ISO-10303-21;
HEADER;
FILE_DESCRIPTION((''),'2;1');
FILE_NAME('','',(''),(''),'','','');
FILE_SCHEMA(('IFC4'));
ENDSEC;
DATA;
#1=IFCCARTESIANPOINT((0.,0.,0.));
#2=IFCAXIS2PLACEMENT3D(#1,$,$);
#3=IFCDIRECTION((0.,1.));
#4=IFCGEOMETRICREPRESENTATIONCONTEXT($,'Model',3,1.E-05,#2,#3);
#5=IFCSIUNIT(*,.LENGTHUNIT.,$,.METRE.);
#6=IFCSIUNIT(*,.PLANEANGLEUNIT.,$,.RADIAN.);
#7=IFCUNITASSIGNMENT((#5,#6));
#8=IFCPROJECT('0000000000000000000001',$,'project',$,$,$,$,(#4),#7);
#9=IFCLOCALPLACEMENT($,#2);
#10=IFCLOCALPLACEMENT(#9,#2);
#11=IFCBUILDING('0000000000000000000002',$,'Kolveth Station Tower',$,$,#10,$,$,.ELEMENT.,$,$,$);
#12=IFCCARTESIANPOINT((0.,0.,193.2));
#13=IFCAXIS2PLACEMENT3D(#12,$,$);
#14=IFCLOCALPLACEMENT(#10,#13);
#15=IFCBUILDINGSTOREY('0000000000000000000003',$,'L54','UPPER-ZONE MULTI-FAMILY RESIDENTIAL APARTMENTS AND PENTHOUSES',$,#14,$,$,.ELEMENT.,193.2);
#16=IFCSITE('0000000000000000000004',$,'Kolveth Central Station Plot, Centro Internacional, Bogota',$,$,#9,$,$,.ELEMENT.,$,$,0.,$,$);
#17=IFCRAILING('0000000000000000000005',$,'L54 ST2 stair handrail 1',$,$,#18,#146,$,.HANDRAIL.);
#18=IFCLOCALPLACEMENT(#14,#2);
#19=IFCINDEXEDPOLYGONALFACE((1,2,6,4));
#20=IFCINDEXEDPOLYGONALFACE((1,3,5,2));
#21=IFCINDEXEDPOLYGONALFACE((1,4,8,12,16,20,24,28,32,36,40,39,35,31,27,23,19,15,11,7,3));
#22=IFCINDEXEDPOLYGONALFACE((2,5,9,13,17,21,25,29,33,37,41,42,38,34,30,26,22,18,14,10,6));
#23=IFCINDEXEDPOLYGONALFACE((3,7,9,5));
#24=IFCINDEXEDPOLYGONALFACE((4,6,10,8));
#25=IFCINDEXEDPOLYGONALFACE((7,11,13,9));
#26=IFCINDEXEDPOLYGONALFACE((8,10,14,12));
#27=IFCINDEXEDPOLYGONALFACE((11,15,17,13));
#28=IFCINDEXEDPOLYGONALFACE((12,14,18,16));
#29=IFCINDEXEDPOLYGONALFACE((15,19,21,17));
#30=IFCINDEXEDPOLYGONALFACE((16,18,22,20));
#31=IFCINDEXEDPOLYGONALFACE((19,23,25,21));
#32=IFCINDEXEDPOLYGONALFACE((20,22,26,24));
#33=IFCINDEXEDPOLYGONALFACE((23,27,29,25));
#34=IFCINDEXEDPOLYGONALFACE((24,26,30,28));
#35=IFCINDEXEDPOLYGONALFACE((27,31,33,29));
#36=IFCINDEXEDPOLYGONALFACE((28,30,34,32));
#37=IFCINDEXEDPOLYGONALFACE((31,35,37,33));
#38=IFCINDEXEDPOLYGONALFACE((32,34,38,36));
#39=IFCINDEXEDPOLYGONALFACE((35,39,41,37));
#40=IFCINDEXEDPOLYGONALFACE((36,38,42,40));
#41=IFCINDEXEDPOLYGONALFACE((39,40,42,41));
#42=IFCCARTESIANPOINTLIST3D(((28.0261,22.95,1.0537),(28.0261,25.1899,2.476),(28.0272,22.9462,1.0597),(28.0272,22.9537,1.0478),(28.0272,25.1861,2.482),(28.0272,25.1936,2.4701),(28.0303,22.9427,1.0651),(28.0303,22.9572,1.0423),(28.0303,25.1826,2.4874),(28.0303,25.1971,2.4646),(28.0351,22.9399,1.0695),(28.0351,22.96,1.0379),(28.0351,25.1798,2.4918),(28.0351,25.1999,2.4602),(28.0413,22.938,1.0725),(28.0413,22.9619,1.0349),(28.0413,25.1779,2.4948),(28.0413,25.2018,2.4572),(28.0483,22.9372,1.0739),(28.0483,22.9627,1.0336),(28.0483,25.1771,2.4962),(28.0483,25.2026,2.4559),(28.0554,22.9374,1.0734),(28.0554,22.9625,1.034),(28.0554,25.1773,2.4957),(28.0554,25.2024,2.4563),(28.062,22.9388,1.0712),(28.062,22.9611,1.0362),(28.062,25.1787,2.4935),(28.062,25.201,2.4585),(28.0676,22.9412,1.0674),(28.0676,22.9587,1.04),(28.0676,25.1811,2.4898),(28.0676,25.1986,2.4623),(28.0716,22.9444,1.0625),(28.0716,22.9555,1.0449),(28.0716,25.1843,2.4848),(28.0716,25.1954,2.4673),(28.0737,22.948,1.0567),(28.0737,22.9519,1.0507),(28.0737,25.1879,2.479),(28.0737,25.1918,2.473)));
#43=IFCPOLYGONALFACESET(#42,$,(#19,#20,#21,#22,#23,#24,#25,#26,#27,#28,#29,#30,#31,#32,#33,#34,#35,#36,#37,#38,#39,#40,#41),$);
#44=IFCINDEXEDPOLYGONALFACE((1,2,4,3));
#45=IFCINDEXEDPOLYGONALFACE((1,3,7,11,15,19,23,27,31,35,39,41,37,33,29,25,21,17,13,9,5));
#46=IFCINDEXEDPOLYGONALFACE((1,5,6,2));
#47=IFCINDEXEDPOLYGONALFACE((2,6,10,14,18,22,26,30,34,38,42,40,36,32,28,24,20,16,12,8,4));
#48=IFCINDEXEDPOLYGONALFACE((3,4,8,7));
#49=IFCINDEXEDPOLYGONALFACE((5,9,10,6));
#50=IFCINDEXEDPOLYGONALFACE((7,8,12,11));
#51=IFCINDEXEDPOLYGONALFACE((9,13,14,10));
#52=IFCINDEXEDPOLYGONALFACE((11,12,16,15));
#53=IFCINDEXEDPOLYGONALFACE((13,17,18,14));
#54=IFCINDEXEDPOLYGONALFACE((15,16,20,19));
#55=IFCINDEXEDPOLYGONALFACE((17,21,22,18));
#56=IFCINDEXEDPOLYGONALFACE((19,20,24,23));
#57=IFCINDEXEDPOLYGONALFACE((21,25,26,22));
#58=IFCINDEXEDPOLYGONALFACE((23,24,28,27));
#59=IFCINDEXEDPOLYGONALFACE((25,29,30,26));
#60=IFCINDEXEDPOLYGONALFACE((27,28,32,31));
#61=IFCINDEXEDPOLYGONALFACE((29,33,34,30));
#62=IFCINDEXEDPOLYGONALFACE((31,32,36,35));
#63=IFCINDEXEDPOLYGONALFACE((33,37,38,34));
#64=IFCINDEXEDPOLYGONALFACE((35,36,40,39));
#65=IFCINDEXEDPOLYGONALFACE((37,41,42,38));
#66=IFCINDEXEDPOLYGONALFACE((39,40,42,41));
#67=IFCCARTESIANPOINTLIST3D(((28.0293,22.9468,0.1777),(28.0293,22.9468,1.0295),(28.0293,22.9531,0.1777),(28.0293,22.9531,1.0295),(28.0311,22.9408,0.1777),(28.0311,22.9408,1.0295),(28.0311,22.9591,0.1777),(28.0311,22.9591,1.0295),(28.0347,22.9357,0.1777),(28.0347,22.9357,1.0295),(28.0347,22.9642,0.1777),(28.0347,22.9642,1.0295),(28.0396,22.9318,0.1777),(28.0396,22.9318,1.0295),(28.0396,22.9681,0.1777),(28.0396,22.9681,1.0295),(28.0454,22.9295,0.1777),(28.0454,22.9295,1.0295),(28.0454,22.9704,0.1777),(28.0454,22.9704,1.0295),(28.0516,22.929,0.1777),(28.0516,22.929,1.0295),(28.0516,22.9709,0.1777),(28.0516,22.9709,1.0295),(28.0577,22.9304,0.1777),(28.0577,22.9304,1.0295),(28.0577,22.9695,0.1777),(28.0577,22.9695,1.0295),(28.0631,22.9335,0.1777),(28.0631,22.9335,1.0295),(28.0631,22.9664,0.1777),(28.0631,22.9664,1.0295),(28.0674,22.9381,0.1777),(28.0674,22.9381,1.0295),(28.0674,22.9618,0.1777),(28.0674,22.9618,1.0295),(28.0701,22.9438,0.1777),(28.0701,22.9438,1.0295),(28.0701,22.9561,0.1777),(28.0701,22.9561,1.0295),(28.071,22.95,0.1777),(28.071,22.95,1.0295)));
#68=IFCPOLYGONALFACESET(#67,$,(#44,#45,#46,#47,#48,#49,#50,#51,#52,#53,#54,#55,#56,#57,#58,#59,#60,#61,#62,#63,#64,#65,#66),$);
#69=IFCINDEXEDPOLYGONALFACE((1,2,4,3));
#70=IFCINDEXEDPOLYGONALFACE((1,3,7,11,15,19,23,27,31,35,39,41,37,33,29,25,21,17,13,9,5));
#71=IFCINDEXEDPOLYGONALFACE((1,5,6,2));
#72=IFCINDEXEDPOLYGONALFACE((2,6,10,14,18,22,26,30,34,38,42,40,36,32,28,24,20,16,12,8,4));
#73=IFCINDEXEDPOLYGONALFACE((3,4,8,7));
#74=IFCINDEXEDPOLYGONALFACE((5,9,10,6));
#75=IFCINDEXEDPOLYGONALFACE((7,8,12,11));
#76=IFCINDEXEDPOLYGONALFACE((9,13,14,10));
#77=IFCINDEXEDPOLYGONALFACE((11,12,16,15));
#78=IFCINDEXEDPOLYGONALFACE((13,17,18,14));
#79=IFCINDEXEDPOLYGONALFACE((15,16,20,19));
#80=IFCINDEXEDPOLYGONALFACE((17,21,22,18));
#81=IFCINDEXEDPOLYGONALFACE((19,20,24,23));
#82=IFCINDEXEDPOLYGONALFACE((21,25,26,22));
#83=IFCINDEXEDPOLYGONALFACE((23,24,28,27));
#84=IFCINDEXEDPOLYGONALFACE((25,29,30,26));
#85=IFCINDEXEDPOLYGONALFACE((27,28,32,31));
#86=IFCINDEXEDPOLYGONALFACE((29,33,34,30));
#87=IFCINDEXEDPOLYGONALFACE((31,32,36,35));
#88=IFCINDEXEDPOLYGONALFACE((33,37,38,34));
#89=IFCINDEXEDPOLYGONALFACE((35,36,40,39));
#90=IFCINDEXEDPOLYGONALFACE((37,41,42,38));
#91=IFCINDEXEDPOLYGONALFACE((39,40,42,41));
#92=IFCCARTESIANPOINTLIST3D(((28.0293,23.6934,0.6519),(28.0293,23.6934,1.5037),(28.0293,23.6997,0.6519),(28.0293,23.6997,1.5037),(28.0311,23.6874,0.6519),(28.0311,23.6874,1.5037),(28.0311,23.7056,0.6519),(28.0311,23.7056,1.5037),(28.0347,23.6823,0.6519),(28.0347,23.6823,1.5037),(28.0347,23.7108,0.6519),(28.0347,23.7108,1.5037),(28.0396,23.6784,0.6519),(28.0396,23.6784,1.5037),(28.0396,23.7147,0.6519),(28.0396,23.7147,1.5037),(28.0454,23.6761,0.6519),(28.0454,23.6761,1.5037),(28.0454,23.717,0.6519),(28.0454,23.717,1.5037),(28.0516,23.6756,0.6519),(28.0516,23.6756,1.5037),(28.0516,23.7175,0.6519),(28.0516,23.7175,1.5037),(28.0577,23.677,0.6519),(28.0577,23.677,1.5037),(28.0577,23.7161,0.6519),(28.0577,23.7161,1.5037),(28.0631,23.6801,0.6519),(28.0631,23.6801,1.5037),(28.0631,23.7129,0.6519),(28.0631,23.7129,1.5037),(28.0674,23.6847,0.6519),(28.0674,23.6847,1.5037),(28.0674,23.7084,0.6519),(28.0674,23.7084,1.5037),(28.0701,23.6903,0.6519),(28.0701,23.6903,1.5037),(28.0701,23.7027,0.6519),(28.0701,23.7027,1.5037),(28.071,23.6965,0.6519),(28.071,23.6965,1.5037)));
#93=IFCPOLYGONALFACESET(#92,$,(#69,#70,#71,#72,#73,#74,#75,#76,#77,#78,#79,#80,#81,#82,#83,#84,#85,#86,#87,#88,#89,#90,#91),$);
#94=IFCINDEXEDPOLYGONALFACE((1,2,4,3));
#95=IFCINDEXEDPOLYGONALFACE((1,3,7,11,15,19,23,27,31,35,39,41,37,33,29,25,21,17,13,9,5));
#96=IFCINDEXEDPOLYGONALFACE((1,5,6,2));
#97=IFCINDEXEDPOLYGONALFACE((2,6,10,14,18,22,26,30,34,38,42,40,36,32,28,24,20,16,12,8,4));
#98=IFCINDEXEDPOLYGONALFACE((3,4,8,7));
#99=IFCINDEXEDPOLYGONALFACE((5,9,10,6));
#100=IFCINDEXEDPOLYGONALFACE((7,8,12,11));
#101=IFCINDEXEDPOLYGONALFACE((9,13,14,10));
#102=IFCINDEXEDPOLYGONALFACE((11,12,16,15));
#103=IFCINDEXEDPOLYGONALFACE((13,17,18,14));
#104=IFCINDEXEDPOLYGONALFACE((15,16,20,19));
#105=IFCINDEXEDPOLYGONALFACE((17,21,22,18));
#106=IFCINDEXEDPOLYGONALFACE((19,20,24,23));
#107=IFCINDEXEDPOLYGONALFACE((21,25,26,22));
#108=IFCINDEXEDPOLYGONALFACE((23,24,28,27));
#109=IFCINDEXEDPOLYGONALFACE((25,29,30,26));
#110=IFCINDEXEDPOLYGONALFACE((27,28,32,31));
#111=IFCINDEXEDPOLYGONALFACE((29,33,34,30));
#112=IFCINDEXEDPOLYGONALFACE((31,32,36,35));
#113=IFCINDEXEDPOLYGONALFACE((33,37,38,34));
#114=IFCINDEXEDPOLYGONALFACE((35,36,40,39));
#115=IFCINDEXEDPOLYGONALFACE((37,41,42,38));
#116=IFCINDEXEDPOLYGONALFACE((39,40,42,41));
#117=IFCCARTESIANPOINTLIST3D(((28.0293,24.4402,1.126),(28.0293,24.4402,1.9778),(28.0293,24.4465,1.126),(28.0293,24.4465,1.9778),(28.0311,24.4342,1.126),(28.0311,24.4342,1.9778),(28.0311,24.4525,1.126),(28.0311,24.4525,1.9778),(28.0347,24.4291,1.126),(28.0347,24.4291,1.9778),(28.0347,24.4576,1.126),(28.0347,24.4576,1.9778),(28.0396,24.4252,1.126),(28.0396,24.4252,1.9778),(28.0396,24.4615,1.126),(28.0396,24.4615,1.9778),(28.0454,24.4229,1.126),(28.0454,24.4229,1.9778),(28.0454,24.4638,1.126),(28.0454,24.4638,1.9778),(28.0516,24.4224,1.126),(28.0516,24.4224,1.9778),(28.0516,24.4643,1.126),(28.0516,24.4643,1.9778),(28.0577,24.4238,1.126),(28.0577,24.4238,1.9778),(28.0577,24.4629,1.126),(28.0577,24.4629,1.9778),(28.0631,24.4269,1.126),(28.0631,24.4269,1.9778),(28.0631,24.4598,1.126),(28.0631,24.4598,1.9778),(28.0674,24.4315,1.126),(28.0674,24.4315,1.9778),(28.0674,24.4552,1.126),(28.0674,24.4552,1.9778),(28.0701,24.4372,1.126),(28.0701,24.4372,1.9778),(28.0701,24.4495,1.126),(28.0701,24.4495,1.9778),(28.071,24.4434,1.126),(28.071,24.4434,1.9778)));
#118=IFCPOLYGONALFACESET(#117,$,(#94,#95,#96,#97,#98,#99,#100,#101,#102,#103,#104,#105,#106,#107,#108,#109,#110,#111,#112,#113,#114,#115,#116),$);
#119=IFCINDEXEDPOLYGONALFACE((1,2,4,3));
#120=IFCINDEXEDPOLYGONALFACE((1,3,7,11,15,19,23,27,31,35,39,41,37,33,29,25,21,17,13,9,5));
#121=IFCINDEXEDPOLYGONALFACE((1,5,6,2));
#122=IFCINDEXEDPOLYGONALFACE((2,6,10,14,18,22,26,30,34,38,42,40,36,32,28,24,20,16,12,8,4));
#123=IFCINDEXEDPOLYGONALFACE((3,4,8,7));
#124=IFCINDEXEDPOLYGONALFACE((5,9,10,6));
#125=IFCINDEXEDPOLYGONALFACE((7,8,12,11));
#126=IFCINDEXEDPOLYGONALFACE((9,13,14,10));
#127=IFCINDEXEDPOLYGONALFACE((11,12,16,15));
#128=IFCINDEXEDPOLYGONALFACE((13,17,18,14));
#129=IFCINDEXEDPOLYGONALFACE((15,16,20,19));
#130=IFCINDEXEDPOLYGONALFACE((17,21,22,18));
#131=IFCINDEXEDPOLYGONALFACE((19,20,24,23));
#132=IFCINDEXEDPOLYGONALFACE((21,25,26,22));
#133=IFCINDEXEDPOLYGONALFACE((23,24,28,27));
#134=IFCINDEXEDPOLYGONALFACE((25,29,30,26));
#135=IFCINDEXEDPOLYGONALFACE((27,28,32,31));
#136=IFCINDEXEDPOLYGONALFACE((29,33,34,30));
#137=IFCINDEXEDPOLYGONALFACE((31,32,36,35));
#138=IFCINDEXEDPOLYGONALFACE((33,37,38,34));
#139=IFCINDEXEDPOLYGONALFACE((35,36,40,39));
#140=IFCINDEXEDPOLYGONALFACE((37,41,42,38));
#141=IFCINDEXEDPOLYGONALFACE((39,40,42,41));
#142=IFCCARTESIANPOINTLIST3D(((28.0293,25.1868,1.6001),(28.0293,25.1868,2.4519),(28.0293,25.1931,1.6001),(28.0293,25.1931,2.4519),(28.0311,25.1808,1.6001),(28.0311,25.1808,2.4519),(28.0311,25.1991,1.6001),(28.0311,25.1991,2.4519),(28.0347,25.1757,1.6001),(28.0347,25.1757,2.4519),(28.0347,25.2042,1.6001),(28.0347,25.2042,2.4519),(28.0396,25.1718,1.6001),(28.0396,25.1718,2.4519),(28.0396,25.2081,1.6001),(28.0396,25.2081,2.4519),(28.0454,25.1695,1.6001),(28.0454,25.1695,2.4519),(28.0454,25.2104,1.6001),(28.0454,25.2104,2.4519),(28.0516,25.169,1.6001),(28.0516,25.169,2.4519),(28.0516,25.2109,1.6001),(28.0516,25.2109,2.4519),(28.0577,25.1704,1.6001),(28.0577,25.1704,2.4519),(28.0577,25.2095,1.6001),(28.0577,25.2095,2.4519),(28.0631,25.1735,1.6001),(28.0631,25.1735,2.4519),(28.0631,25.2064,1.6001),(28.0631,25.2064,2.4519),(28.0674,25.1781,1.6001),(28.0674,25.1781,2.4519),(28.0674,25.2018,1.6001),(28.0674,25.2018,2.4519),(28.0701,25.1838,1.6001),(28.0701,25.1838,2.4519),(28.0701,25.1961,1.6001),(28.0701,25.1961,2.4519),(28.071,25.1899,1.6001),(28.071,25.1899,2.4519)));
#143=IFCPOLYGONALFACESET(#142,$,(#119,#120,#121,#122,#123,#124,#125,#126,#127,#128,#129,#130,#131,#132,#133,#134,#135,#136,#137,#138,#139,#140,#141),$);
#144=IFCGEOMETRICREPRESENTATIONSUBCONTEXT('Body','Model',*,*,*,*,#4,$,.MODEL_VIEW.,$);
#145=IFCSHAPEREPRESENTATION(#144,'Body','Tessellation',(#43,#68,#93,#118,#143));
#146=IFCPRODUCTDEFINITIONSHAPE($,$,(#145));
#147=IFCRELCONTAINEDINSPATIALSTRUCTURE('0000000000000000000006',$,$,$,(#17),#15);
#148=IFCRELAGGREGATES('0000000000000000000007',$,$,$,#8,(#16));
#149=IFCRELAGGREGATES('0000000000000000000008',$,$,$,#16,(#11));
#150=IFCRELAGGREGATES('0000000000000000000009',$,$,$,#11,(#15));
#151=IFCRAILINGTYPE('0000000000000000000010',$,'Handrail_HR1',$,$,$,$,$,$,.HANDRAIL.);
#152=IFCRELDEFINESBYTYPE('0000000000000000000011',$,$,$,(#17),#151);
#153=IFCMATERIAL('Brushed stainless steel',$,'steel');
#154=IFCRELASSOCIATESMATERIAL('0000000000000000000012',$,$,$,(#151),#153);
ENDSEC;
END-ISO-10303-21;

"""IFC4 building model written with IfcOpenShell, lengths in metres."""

from ifc_helpers import new_model, si_unit, direction, frame, origin, origin_2d, place, context, subcontext, project, spatial, circle, extrude, material, type_object, element, save


model = new_model("IFC4")

# Units and contexts
model_context = context("Model", 3, precision=1e-05, world=origin(), true_north=direction((0.0, 1.0)))
body_context = subcontext(model_context, "Body", "Model", "MODEL_VIEW")
ifc_project = project(units=[si_unit("LENGTHUNIT", "METRE"), si_unit("PLANEANGLEUNIT", "RADIAN")], contexts=[model_context])

# Site, building, storey
site_placement = place(None, origin())
site = spatial("IfcSite", under=ifc_project, at=site_placement, Name="Kolveth Central Station Plot, Centro Internacional, Bogota", CompositionType="ELEMENT", RefElevation=0.0)
building_placement = place(site_placement, origin())
building = spatial("IfcBuilding", under=site, at=building_placement, Name="Kolveth Station Tower", CompositionType="ELEMENT")
storey_placement = place(building_placement, frame((0.0, 0.0, 193.2)))
storey = spatial("IfcBuildingStorey", under=building, at=storey_placement, Name="L54", Description="UPPER-ZONE MULTI-FAMILY RESIDENTIAL APARTMENTS AND PENTHOUSES", CompositionType="ELEMENT", Elevation=193.2)

# Railing
ifc_material_1 = material(Name="Brushed stainless steel", Category="steel")
railing_type_1 = type_object("IfcRailingType", Name="Handrail_HR1", PredefinedType="HANDRAIL", material=ifc_material_1)
railing_1_placement = place(storey_placement, frame((28.05, 22.95, 0.1777)))
element("IfcRailing", 1, at=railing_1_placement, inside=storey, type_object=railing_type_1, Name="L54 ST2 stair handrail 1", PredefinedType="HANDRAIL", context=body_context, shape_type="SweptSolid", body=[
    extrude(circle(Radius=0.0239, at=origin_2d()), frame((0.0, 0.0, 0.876), z_axis=(0.0, 0.844188, 0.536048), x_axis=(-1.0, 0.0, 0.0)), (0.0, 0.0, 1.0), 2.6533),
    extrude(circle(Radius=0.021, at=origin_2d()), origin(), (0.0, 0.0, 1.0), 0.8518),
    extrude(circle(Radius=0.021, at=origin_2d()), frame((0.0, 0.7466, 0.4741)), (0.0, 0.0, 1.0), 0.8518),
    extrude(circle(Radius=0.021, at=origin_2d()), frame((0.0, 1.4934, 0.9482)), (0.0, 0.0, 1.0), 0.8518),
    extrude(circle(Radius=0.021, at=origin_2d()), frame((0.0, 2.24, 1.4224)), (0.0, 0.0, 1.0), 0.8518),
])

save(model, "model.ifc")
